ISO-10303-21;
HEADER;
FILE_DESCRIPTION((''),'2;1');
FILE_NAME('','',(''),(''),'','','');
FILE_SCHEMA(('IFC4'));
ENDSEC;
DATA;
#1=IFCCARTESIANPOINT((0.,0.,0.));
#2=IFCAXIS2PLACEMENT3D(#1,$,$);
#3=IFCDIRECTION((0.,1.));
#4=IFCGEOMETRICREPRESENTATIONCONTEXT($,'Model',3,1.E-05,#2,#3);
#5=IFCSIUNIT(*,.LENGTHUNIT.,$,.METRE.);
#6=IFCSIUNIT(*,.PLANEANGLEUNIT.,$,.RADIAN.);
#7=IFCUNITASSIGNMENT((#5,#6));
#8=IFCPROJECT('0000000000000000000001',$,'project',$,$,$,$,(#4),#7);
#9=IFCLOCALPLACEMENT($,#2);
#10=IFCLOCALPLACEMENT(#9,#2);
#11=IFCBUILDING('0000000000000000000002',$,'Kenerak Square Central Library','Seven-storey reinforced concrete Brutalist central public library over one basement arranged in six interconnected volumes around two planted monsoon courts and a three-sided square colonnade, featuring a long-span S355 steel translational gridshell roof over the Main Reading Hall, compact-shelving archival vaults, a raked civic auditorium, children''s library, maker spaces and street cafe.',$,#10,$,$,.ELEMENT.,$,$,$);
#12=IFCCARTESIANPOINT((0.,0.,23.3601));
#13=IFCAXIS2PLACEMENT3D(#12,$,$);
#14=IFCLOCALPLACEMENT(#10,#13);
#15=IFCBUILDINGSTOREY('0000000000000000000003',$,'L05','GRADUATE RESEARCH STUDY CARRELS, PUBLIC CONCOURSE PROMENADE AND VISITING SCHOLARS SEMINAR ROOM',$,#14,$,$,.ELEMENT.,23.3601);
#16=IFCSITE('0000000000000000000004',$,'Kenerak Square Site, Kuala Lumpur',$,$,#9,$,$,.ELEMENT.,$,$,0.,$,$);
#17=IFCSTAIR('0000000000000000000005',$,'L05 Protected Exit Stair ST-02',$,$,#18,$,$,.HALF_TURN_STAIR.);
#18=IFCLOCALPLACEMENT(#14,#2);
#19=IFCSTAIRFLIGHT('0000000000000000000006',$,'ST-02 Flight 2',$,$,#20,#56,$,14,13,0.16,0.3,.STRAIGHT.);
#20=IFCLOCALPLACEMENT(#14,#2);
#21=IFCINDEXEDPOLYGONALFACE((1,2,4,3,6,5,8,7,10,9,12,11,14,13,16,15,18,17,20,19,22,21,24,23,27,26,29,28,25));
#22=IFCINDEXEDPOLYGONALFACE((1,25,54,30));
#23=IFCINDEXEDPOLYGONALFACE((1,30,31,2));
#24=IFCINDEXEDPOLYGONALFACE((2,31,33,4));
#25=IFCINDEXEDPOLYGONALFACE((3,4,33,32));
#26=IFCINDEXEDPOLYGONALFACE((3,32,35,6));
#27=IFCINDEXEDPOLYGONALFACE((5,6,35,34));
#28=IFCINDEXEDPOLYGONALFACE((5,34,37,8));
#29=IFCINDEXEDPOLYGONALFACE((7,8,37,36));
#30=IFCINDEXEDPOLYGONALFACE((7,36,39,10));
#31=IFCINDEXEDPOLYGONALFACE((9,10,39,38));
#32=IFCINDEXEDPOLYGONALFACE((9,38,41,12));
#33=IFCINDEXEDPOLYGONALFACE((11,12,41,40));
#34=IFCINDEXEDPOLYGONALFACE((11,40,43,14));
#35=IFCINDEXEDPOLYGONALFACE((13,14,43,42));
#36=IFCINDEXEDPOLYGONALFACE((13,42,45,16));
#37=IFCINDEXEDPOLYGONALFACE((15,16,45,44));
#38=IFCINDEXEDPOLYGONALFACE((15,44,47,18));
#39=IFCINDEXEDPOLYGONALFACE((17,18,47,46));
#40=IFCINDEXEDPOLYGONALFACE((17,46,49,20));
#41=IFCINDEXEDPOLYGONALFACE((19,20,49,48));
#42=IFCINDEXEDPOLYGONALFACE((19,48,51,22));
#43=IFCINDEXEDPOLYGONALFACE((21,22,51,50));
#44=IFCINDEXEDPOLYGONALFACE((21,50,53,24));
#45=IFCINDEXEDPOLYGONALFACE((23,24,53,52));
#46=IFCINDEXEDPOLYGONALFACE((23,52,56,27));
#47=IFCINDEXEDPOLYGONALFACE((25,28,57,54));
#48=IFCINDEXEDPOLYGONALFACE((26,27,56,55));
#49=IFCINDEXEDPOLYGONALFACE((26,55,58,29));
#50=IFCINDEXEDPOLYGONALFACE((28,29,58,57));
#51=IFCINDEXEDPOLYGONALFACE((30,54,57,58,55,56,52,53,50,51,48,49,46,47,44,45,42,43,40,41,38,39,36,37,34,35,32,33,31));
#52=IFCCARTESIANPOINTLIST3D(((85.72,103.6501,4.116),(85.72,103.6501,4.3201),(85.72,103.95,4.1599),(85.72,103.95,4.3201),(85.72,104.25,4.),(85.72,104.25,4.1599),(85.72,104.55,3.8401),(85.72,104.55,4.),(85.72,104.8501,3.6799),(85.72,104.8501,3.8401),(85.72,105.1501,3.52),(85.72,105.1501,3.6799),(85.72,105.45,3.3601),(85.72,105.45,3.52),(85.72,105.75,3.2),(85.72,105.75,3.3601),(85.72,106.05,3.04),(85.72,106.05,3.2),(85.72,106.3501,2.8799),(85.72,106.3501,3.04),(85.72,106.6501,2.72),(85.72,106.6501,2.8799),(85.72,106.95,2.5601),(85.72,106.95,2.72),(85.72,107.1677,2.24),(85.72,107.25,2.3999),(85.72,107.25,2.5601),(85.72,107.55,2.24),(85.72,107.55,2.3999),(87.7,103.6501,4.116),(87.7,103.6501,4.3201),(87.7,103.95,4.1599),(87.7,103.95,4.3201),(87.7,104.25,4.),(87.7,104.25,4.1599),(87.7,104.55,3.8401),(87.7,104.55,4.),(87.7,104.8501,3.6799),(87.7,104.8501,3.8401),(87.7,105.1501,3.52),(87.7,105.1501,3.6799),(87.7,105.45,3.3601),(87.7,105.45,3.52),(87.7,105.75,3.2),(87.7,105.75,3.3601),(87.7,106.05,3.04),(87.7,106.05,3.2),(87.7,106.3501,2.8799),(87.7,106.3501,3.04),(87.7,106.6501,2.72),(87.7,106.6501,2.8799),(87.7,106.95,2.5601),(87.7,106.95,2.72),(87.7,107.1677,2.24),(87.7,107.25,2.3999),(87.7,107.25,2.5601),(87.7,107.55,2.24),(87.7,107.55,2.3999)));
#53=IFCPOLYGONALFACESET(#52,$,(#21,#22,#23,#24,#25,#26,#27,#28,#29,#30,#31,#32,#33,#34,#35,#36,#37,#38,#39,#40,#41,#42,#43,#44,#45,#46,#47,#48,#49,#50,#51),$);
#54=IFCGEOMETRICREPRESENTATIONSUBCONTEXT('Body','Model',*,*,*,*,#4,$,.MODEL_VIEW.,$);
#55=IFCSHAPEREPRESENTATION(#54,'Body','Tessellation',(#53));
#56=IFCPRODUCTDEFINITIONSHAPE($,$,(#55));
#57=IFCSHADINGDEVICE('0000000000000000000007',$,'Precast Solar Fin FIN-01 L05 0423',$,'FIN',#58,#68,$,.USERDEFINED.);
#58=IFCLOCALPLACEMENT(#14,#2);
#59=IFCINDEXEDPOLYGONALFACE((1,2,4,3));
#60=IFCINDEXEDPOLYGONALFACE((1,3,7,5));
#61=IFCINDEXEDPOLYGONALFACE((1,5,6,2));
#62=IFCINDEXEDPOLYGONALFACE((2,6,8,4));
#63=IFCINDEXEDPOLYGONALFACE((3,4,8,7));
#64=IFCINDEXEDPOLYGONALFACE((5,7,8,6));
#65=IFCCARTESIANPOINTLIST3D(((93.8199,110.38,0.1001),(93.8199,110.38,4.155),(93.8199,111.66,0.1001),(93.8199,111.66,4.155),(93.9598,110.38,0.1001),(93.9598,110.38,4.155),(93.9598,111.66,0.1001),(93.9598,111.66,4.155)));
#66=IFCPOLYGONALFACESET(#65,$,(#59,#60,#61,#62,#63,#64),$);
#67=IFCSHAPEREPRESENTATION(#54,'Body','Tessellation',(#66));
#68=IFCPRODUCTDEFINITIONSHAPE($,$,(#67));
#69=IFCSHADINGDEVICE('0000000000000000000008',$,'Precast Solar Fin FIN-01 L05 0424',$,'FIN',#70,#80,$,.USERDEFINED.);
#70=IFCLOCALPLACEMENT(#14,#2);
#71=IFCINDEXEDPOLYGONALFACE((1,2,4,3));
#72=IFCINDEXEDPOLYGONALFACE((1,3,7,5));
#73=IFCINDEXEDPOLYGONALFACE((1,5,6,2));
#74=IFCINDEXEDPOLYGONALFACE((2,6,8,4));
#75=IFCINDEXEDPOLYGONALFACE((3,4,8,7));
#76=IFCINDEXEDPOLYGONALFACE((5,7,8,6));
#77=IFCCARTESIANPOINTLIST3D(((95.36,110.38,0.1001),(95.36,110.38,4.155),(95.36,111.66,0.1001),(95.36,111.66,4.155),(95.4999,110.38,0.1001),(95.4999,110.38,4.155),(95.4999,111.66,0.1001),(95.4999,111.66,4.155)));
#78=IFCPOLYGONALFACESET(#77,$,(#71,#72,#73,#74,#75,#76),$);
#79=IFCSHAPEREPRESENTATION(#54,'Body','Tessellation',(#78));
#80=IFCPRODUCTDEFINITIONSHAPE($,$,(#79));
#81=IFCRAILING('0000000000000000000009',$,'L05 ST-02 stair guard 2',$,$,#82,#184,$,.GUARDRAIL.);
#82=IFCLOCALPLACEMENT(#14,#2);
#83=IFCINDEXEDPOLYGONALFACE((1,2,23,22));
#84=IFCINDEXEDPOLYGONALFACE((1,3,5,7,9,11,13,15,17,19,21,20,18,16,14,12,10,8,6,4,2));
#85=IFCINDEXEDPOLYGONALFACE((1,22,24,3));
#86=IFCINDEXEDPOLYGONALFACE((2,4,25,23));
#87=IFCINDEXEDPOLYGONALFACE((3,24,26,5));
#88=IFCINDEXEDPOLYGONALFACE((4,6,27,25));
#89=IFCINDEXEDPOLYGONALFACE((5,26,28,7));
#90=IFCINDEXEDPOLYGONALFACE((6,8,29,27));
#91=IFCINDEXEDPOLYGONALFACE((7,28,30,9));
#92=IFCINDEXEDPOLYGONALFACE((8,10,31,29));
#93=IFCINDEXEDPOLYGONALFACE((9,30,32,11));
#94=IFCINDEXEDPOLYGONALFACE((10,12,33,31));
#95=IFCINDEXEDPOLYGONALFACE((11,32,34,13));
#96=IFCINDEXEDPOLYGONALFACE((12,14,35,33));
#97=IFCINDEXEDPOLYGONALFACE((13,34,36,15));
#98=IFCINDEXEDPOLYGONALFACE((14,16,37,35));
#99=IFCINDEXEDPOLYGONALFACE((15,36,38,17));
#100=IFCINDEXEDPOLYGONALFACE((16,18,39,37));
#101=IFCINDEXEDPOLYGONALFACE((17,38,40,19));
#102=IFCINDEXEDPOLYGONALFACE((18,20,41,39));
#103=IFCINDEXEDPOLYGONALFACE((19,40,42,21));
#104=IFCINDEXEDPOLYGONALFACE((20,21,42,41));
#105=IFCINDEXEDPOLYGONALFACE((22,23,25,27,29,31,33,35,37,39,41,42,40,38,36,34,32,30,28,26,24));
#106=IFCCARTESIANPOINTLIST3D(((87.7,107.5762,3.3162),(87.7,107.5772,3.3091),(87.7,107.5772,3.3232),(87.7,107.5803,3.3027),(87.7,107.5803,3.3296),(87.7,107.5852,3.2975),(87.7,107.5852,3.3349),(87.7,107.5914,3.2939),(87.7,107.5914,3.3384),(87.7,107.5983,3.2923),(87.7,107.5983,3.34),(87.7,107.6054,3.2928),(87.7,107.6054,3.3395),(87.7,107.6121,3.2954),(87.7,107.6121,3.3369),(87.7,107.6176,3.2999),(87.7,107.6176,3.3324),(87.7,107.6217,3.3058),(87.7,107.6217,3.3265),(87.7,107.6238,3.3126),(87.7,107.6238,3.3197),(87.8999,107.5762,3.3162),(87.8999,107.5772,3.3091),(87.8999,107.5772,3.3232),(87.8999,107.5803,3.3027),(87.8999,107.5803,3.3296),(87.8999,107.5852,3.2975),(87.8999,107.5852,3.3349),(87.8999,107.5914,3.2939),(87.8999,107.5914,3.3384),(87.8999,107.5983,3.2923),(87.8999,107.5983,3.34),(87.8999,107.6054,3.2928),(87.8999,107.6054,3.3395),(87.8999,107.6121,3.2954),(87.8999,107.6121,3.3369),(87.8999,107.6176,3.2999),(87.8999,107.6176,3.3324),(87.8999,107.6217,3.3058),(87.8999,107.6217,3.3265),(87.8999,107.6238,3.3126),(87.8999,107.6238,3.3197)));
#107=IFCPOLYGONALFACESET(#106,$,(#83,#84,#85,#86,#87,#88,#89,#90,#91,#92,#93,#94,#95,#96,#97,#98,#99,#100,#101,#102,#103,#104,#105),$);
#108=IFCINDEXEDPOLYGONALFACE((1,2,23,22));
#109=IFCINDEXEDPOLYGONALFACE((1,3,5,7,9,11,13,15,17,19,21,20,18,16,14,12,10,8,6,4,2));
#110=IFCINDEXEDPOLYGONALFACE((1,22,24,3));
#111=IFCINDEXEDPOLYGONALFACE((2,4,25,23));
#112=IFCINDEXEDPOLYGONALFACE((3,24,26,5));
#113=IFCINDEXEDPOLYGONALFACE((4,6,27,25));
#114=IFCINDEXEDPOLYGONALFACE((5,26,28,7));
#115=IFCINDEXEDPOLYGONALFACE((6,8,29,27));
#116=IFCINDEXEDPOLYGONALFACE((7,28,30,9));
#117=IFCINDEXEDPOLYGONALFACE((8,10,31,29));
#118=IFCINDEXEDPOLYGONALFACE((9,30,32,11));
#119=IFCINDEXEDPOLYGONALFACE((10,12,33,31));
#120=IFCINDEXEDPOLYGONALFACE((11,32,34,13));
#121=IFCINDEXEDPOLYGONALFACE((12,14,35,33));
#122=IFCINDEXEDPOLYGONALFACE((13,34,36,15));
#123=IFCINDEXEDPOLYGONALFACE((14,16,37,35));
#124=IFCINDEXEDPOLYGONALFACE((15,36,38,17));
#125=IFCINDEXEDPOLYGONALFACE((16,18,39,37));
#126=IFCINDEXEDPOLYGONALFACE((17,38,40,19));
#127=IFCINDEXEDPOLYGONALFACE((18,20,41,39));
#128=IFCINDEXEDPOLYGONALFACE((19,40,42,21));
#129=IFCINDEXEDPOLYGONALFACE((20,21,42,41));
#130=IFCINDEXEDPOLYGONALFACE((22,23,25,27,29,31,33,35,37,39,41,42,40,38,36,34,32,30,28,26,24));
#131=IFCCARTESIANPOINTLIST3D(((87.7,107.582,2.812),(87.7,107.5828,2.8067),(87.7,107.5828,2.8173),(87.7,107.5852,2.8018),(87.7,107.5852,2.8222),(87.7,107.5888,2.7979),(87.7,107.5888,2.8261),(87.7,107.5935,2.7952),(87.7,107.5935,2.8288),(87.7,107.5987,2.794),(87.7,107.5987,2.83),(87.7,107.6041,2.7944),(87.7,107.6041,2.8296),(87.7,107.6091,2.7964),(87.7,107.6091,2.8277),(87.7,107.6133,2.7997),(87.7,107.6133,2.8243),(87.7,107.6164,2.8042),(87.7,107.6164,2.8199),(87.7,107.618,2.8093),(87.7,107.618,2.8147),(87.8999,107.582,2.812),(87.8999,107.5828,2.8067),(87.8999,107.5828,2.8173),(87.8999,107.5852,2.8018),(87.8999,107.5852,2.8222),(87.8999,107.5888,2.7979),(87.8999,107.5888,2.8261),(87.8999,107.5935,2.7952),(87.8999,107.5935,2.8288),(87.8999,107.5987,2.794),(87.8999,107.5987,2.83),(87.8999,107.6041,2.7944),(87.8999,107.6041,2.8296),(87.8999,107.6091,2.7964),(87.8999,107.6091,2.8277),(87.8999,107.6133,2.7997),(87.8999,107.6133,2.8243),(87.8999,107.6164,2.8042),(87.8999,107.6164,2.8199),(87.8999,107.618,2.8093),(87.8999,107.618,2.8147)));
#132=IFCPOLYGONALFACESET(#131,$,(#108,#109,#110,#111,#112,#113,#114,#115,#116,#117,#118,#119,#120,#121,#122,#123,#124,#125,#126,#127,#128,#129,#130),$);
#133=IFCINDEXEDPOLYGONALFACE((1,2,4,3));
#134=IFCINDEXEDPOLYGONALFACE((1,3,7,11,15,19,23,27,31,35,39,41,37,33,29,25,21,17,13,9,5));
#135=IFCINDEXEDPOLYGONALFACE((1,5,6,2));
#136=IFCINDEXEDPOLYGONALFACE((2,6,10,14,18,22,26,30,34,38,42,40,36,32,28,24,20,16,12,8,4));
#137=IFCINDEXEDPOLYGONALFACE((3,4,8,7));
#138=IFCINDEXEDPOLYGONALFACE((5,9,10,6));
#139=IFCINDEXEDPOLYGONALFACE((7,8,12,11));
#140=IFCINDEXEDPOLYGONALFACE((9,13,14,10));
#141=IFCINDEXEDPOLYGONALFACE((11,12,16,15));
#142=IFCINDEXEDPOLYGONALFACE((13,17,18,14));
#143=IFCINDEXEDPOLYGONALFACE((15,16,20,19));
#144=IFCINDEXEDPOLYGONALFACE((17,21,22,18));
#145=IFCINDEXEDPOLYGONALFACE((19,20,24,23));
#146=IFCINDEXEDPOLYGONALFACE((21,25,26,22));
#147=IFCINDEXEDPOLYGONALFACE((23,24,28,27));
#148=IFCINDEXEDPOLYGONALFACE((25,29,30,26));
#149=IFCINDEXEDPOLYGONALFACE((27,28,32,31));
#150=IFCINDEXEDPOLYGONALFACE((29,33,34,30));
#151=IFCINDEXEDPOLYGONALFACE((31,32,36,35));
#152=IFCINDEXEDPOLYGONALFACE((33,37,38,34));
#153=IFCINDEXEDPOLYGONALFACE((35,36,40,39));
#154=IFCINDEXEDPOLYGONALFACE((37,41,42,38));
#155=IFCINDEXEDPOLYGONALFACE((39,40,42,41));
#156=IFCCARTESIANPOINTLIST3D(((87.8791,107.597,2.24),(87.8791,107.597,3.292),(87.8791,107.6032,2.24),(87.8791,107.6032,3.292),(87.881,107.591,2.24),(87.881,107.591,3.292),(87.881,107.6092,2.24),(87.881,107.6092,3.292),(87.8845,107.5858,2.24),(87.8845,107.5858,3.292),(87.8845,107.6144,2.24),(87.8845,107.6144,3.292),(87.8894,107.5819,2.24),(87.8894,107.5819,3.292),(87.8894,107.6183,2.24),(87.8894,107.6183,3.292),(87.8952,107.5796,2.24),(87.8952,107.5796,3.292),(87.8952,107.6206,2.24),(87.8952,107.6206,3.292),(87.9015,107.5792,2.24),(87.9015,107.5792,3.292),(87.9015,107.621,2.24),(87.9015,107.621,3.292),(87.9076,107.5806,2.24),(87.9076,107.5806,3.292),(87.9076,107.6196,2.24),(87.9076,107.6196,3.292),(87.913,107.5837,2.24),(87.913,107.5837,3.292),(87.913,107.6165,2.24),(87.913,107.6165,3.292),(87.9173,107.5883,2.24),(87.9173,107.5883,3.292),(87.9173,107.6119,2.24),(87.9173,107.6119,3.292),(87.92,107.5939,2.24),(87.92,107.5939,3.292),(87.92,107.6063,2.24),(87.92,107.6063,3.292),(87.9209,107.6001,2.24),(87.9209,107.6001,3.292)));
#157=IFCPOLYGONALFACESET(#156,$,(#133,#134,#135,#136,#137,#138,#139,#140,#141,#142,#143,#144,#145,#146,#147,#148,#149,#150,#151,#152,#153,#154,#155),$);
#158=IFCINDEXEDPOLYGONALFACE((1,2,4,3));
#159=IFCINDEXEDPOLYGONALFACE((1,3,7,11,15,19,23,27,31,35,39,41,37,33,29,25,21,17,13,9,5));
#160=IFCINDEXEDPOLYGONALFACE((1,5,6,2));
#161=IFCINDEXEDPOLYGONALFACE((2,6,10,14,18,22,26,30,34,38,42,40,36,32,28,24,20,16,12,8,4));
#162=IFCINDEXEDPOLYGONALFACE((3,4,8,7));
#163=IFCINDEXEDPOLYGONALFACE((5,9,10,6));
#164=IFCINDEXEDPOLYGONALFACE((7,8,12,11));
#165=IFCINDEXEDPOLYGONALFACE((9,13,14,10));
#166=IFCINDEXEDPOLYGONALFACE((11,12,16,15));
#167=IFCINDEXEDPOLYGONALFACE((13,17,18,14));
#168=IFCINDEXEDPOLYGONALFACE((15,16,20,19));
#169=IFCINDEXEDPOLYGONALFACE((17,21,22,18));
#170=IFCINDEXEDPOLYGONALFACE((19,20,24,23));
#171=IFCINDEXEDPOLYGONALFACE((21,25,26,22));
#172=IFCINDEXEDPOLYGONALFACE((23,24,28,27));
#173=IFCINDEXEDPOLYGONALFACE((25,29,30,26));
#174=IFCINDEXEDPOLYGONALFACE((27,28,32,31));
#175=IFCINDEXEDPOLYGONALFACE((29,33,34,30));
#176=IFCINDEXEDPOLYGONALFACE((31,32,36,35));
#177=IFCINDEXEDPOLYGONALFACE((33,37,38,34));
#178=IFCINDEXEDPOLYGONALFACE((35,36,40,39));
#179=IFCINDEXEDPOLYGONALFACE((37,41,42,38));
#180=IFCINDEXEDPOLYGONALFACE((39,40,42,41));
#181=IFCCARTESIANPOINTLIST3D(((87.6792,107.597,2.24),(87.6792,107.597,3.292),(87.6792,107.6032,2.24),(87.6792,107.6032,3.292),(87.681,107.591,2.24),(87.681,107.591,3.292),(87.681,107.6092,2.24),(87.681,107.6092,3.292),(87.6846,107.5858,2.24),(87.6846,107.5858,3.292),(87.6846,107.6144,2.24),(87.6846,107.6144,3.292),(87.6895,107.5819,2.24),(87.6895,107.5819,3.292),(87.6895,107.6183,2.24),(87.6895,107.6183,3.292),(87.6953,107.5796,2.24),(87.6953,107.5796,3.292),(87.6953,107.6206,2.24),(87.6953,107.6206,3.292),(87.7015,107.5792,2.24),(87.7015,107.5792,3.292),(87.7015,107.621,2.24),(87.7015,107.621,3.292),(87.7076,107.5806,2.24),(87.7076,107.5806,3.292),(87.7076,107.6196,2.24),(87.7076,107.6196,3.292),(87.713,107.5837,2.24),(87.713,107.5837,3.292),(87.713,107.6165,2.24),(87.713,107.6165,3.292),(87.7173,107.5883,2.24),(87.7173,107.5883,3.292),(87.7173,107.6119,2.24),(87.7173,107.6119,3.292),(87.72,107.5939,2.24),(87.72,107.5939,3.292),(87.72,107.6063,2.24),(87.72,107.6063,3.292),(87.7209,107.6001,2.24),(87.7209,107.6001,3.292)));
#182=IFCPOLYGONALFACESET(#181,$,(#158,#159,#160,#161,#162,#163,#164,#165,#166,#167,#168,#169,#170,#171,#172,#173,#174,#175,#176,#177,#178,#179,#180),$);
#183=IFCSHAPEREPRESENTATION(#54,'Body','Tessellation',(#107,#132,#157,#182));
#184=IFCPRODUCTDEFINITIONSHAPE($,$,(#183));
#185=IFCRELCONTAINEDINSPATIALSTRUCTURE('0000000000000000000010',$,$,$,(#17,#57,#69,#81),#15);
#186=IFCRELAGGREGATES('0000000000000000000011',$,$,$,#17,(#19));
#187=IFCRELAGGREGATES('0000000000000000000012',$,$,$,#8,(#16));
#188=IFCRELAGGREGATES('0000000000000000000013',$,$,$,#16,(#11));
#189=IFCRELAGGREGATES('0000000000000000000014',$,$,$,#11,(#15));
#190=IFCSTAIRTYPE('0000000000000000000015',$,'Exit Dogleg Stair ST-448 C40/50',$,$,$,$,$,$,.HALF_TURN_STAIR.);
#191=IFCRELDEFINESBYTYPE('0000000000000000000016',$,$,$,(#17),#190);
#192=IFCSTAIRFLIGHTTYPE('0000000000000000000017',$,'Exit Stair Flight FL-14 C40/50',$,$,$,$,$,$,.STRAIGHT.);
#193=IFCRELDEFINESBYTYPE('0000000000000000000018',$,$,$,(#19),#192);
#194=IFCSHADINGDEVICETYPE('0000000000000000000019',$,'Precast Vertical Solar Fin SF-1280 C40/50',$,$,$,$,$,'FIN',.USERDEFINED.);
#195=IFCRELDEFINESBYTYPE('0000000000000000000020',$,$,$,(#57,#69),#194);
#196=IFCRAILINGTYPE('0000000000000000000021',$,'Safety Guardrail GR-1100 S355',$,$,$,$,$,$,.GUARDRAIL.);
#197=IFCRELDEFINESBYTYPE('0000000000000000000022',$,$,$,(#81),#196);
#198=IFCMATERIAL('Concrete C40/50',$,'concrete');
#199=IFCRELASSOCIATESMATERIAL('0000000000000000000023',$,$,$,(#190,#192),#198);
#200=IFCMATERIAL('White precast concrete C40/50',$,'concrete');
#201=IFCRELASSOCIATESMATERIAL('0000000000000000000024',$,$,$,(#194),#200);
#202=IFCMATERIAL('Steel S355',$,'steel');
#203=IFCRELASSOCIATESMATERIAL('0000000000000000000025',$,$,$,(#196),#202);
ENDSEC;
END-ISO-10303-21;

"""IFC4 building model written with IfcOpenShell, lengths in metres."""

from ifc_helpers import new_model, si_unit, direction, frame, origin, origin_2d, place, context, subcontext, project, spatial, polyline, rectangle, circle, outline, extrude, material, type_object, element, aggregate, save


model = new_model("IFC4")

# Units and contexts
model_context = context("Model", 3, precision=1e-05, world=origin(), true_north=direction((0.0, 1.0)))
body_context = subcontext(model_context, "Body", "Model", "MODEL_VIEW")
ifc_project = project(units=[si_unit("LENGTHUNIT", "METRE"), si_unit("PLANEANGLEUNIT", "RADIAN")], contexts=[model_context])

# Site, building, storey
site_placement = place(None, origin())
site = spatial("IfcSite", under=ifc_project, at=site_placement, Name="Kenerak Square Site, Kuala Lumpur", CompositionType="ELEMENT", RefElevation=0.0)
building_placement = place(site_placement, origin())
building = spatial("IfcBuilding", under=site, at=building_placement, Name="Kenerak Square Central Library", Description="Seven-storey reinforced concrete Brutalist central public library over one basement arranged in six interconnected volumes around two planted monsoon courts and a three-sided square colonnade, featuring a long-span S355 steel translational gridshell roof over the Main Reading Hall, compact-shelving archival vaults, a raked civic auditorium, children's library, maker spaces and street cafe.", CompositionType="ELEMENT")
storey_placement = place(building_placement, frame((0.0, 0.0, 23.3601)))
storey = spatial("IfcBuildingStorey", under=building, at=storey_placement, Name="L05", Description="GRADUATE RESEARCH STUDY CARRELS, PUBLIC CONCOURSE PROMENADE AND VISITING SCHOLARS SEMINAR ROOM", CompositionType="ELEMENT", Elevation=23.3601)

# Shared definitions
ifc_material_1 = material(Name="Concrete C40/50", Category="concrete")

# Stair, stair flight
stair_type = type_object("IfcStairType", Name="Exit Dogleg Stair ST-448 C40/50", PredefinedType="HALF_TURN_STAIR", material=ifc_material_1)
stair_placement = place(storey_placement, origin())
stair = element("IfcStair", 1, at=stair_placement, inside=storey, type_object=stair_type, Name="L05 Protected Exit Stair ST-02", PredefinedType="HALF_TURN_STAIR")
stair_flight_type = type_object("IfcStairFlightType", Name="Exit Stair Flight FL-14 C40/50", PredefinedType="STRAIGHT", material=ifc_material_1)
stair_flight_placement = place(storey_placement, frame((86.71, 107.55, 2.24), z_axis=(0.0, 0.0, 1.0), x_axis=(0.0, -1.0, 0.0)))
stair_flight = element("IfcStairFlight", 2, at=stair_flight_placement, type_object=stair_flight_type, Name="ST-02 Flight 2", NumberOfRisers=14, NumberOfTreads=13, PredefinedType="STRAIGHT", RiserHeight=0.16, TreadLength=0.3, context=body_context, shape_type="SweptSolid", body=[
    extrude(outline(polyline([(0.0, 0.0), (0.0, 0.1599), (0.3, 0.1599), (0.3, 0.3201), (0.6001, 0.3201), (0.6001, 0.48), (0.8999, 0.48), (0.8999, 0.6399), (1.2, 0.6399), (1.2, 0.8), (1.5, 0.8), (1.5, 0.96), (1.8, 0.96), (1.8, 1.1201), (2.1001, 1.1201), (2.1001, 1.28), (2.3999, 1.28), (2.3999, 1.4399), (2.7, 1.4399), (2.7, 1.6001), (3.0, 1.6001), (3.0, 1.76), (3.3, 1.76), (3.3, 1.9199), (3.6001, 1.9199), (3.6001, 2.0801), (3.8999, 2.0801), (3.8999, 2.24), (3.8999, 1.876), (0.3823, 0.0), (0.0, 0.0)])), frame((0.0, 0.99, 0.0), z_axis=(0.0, -1.0, 0.0), x_axis=(1.0, 0.0, 0.0)), (0.0, 0.0, 1.0), 1.98),
])
aggregate(stair, [stair_flight])

# Shading devices
ifc_material_2 = material(Name="White precast concrete C40/50", Category="concrete")
shading_device_type = type_object("IfcShadingDeviceType", Name="Precast Vertical Solar Fin SF-1280 C40/50", ElementType="FIN", PredefinedType="USERDEFINED", material=ifc_material_2)
for number, where, z_axis, x_axis, name in (
    (3, (93.8899, 111.02, 0.1001), (0.0, 0.0, 1.0), (1.0, 0.0, 0.0), "Precast Solar Fin FIN-01 L05 0423"),
    (4, (95.4299, 111.02, 0.1001), (0.0, 0.0, 1.0), (1.0, 0.0, 0.0), "Precast Solar Fin FIN-01 L05 0424"),
):
    element("IfcShadingDevice", number, at=place(storey_placement, frame(where, z_axis=z_axis, x_axis=x_axis)), inside=storey, type_object=shading_device_type, Name=name, ObjectType="FIN", PredefinedType="USERDEFINED", context=body_context, shape_type="SweptSolid", body=[
        extrude(rectangle(XDim=0.1399, YDim=1.28, at=origin_2d()), origin(), (0.0, 0.0, 1.0), 4.0549),
    ])

# Railing
ifc_material_3 = material(Name="Steel S355", Category="steel")
railing_type_1 = type_object("IfcRailingType", Name="Safety Guardrail GR-1100 S355", PredefinedType="GUARDRAIL", material=ifc_material_3)
railing_1_placement = place(storey_placement, frame((87.8999, 107.6001, 2.24)))
element("IfcRailing", 5, at=railing_1_placement, inside=storey, type_object=railing_type_1, Name="L05 ST-02 stair guard 2", PredefinedType="GUARDRAIL", context=body_context, shape_type="SweptSolid", body=[
    extrude(circle(Radius=0.0239, at=origin_2d()), frame((0.0, 0.0, 1.0762), z_axis=(-1.0, 0.0, 0.0), x_axis=(0.0, -1.0, 0.0)), (0.0, 0.0, 1.0), 0.2),
    extrude(circle(Radius=0.0181, at=origin_2d()), frame((0.0, 0.0, 0.572), z_axis=(-1.0, 0.0, 0.0), x_axis=(0.0, -1.0, 0.0)), (0.0, 0.0, 1.0), 0.2),
    extrude(circle(Radius=0.021, at=origin_2d()), origin(), (0.0, 0.0, 1.0), 1.052),
    extrude(circle(Radius=0.021, at=origin_2d()), frame((-0.2, 0.0, 0.0)), (0.0, 0.0, 1.0), 1.052),
])

save(model, "model.ifc")
